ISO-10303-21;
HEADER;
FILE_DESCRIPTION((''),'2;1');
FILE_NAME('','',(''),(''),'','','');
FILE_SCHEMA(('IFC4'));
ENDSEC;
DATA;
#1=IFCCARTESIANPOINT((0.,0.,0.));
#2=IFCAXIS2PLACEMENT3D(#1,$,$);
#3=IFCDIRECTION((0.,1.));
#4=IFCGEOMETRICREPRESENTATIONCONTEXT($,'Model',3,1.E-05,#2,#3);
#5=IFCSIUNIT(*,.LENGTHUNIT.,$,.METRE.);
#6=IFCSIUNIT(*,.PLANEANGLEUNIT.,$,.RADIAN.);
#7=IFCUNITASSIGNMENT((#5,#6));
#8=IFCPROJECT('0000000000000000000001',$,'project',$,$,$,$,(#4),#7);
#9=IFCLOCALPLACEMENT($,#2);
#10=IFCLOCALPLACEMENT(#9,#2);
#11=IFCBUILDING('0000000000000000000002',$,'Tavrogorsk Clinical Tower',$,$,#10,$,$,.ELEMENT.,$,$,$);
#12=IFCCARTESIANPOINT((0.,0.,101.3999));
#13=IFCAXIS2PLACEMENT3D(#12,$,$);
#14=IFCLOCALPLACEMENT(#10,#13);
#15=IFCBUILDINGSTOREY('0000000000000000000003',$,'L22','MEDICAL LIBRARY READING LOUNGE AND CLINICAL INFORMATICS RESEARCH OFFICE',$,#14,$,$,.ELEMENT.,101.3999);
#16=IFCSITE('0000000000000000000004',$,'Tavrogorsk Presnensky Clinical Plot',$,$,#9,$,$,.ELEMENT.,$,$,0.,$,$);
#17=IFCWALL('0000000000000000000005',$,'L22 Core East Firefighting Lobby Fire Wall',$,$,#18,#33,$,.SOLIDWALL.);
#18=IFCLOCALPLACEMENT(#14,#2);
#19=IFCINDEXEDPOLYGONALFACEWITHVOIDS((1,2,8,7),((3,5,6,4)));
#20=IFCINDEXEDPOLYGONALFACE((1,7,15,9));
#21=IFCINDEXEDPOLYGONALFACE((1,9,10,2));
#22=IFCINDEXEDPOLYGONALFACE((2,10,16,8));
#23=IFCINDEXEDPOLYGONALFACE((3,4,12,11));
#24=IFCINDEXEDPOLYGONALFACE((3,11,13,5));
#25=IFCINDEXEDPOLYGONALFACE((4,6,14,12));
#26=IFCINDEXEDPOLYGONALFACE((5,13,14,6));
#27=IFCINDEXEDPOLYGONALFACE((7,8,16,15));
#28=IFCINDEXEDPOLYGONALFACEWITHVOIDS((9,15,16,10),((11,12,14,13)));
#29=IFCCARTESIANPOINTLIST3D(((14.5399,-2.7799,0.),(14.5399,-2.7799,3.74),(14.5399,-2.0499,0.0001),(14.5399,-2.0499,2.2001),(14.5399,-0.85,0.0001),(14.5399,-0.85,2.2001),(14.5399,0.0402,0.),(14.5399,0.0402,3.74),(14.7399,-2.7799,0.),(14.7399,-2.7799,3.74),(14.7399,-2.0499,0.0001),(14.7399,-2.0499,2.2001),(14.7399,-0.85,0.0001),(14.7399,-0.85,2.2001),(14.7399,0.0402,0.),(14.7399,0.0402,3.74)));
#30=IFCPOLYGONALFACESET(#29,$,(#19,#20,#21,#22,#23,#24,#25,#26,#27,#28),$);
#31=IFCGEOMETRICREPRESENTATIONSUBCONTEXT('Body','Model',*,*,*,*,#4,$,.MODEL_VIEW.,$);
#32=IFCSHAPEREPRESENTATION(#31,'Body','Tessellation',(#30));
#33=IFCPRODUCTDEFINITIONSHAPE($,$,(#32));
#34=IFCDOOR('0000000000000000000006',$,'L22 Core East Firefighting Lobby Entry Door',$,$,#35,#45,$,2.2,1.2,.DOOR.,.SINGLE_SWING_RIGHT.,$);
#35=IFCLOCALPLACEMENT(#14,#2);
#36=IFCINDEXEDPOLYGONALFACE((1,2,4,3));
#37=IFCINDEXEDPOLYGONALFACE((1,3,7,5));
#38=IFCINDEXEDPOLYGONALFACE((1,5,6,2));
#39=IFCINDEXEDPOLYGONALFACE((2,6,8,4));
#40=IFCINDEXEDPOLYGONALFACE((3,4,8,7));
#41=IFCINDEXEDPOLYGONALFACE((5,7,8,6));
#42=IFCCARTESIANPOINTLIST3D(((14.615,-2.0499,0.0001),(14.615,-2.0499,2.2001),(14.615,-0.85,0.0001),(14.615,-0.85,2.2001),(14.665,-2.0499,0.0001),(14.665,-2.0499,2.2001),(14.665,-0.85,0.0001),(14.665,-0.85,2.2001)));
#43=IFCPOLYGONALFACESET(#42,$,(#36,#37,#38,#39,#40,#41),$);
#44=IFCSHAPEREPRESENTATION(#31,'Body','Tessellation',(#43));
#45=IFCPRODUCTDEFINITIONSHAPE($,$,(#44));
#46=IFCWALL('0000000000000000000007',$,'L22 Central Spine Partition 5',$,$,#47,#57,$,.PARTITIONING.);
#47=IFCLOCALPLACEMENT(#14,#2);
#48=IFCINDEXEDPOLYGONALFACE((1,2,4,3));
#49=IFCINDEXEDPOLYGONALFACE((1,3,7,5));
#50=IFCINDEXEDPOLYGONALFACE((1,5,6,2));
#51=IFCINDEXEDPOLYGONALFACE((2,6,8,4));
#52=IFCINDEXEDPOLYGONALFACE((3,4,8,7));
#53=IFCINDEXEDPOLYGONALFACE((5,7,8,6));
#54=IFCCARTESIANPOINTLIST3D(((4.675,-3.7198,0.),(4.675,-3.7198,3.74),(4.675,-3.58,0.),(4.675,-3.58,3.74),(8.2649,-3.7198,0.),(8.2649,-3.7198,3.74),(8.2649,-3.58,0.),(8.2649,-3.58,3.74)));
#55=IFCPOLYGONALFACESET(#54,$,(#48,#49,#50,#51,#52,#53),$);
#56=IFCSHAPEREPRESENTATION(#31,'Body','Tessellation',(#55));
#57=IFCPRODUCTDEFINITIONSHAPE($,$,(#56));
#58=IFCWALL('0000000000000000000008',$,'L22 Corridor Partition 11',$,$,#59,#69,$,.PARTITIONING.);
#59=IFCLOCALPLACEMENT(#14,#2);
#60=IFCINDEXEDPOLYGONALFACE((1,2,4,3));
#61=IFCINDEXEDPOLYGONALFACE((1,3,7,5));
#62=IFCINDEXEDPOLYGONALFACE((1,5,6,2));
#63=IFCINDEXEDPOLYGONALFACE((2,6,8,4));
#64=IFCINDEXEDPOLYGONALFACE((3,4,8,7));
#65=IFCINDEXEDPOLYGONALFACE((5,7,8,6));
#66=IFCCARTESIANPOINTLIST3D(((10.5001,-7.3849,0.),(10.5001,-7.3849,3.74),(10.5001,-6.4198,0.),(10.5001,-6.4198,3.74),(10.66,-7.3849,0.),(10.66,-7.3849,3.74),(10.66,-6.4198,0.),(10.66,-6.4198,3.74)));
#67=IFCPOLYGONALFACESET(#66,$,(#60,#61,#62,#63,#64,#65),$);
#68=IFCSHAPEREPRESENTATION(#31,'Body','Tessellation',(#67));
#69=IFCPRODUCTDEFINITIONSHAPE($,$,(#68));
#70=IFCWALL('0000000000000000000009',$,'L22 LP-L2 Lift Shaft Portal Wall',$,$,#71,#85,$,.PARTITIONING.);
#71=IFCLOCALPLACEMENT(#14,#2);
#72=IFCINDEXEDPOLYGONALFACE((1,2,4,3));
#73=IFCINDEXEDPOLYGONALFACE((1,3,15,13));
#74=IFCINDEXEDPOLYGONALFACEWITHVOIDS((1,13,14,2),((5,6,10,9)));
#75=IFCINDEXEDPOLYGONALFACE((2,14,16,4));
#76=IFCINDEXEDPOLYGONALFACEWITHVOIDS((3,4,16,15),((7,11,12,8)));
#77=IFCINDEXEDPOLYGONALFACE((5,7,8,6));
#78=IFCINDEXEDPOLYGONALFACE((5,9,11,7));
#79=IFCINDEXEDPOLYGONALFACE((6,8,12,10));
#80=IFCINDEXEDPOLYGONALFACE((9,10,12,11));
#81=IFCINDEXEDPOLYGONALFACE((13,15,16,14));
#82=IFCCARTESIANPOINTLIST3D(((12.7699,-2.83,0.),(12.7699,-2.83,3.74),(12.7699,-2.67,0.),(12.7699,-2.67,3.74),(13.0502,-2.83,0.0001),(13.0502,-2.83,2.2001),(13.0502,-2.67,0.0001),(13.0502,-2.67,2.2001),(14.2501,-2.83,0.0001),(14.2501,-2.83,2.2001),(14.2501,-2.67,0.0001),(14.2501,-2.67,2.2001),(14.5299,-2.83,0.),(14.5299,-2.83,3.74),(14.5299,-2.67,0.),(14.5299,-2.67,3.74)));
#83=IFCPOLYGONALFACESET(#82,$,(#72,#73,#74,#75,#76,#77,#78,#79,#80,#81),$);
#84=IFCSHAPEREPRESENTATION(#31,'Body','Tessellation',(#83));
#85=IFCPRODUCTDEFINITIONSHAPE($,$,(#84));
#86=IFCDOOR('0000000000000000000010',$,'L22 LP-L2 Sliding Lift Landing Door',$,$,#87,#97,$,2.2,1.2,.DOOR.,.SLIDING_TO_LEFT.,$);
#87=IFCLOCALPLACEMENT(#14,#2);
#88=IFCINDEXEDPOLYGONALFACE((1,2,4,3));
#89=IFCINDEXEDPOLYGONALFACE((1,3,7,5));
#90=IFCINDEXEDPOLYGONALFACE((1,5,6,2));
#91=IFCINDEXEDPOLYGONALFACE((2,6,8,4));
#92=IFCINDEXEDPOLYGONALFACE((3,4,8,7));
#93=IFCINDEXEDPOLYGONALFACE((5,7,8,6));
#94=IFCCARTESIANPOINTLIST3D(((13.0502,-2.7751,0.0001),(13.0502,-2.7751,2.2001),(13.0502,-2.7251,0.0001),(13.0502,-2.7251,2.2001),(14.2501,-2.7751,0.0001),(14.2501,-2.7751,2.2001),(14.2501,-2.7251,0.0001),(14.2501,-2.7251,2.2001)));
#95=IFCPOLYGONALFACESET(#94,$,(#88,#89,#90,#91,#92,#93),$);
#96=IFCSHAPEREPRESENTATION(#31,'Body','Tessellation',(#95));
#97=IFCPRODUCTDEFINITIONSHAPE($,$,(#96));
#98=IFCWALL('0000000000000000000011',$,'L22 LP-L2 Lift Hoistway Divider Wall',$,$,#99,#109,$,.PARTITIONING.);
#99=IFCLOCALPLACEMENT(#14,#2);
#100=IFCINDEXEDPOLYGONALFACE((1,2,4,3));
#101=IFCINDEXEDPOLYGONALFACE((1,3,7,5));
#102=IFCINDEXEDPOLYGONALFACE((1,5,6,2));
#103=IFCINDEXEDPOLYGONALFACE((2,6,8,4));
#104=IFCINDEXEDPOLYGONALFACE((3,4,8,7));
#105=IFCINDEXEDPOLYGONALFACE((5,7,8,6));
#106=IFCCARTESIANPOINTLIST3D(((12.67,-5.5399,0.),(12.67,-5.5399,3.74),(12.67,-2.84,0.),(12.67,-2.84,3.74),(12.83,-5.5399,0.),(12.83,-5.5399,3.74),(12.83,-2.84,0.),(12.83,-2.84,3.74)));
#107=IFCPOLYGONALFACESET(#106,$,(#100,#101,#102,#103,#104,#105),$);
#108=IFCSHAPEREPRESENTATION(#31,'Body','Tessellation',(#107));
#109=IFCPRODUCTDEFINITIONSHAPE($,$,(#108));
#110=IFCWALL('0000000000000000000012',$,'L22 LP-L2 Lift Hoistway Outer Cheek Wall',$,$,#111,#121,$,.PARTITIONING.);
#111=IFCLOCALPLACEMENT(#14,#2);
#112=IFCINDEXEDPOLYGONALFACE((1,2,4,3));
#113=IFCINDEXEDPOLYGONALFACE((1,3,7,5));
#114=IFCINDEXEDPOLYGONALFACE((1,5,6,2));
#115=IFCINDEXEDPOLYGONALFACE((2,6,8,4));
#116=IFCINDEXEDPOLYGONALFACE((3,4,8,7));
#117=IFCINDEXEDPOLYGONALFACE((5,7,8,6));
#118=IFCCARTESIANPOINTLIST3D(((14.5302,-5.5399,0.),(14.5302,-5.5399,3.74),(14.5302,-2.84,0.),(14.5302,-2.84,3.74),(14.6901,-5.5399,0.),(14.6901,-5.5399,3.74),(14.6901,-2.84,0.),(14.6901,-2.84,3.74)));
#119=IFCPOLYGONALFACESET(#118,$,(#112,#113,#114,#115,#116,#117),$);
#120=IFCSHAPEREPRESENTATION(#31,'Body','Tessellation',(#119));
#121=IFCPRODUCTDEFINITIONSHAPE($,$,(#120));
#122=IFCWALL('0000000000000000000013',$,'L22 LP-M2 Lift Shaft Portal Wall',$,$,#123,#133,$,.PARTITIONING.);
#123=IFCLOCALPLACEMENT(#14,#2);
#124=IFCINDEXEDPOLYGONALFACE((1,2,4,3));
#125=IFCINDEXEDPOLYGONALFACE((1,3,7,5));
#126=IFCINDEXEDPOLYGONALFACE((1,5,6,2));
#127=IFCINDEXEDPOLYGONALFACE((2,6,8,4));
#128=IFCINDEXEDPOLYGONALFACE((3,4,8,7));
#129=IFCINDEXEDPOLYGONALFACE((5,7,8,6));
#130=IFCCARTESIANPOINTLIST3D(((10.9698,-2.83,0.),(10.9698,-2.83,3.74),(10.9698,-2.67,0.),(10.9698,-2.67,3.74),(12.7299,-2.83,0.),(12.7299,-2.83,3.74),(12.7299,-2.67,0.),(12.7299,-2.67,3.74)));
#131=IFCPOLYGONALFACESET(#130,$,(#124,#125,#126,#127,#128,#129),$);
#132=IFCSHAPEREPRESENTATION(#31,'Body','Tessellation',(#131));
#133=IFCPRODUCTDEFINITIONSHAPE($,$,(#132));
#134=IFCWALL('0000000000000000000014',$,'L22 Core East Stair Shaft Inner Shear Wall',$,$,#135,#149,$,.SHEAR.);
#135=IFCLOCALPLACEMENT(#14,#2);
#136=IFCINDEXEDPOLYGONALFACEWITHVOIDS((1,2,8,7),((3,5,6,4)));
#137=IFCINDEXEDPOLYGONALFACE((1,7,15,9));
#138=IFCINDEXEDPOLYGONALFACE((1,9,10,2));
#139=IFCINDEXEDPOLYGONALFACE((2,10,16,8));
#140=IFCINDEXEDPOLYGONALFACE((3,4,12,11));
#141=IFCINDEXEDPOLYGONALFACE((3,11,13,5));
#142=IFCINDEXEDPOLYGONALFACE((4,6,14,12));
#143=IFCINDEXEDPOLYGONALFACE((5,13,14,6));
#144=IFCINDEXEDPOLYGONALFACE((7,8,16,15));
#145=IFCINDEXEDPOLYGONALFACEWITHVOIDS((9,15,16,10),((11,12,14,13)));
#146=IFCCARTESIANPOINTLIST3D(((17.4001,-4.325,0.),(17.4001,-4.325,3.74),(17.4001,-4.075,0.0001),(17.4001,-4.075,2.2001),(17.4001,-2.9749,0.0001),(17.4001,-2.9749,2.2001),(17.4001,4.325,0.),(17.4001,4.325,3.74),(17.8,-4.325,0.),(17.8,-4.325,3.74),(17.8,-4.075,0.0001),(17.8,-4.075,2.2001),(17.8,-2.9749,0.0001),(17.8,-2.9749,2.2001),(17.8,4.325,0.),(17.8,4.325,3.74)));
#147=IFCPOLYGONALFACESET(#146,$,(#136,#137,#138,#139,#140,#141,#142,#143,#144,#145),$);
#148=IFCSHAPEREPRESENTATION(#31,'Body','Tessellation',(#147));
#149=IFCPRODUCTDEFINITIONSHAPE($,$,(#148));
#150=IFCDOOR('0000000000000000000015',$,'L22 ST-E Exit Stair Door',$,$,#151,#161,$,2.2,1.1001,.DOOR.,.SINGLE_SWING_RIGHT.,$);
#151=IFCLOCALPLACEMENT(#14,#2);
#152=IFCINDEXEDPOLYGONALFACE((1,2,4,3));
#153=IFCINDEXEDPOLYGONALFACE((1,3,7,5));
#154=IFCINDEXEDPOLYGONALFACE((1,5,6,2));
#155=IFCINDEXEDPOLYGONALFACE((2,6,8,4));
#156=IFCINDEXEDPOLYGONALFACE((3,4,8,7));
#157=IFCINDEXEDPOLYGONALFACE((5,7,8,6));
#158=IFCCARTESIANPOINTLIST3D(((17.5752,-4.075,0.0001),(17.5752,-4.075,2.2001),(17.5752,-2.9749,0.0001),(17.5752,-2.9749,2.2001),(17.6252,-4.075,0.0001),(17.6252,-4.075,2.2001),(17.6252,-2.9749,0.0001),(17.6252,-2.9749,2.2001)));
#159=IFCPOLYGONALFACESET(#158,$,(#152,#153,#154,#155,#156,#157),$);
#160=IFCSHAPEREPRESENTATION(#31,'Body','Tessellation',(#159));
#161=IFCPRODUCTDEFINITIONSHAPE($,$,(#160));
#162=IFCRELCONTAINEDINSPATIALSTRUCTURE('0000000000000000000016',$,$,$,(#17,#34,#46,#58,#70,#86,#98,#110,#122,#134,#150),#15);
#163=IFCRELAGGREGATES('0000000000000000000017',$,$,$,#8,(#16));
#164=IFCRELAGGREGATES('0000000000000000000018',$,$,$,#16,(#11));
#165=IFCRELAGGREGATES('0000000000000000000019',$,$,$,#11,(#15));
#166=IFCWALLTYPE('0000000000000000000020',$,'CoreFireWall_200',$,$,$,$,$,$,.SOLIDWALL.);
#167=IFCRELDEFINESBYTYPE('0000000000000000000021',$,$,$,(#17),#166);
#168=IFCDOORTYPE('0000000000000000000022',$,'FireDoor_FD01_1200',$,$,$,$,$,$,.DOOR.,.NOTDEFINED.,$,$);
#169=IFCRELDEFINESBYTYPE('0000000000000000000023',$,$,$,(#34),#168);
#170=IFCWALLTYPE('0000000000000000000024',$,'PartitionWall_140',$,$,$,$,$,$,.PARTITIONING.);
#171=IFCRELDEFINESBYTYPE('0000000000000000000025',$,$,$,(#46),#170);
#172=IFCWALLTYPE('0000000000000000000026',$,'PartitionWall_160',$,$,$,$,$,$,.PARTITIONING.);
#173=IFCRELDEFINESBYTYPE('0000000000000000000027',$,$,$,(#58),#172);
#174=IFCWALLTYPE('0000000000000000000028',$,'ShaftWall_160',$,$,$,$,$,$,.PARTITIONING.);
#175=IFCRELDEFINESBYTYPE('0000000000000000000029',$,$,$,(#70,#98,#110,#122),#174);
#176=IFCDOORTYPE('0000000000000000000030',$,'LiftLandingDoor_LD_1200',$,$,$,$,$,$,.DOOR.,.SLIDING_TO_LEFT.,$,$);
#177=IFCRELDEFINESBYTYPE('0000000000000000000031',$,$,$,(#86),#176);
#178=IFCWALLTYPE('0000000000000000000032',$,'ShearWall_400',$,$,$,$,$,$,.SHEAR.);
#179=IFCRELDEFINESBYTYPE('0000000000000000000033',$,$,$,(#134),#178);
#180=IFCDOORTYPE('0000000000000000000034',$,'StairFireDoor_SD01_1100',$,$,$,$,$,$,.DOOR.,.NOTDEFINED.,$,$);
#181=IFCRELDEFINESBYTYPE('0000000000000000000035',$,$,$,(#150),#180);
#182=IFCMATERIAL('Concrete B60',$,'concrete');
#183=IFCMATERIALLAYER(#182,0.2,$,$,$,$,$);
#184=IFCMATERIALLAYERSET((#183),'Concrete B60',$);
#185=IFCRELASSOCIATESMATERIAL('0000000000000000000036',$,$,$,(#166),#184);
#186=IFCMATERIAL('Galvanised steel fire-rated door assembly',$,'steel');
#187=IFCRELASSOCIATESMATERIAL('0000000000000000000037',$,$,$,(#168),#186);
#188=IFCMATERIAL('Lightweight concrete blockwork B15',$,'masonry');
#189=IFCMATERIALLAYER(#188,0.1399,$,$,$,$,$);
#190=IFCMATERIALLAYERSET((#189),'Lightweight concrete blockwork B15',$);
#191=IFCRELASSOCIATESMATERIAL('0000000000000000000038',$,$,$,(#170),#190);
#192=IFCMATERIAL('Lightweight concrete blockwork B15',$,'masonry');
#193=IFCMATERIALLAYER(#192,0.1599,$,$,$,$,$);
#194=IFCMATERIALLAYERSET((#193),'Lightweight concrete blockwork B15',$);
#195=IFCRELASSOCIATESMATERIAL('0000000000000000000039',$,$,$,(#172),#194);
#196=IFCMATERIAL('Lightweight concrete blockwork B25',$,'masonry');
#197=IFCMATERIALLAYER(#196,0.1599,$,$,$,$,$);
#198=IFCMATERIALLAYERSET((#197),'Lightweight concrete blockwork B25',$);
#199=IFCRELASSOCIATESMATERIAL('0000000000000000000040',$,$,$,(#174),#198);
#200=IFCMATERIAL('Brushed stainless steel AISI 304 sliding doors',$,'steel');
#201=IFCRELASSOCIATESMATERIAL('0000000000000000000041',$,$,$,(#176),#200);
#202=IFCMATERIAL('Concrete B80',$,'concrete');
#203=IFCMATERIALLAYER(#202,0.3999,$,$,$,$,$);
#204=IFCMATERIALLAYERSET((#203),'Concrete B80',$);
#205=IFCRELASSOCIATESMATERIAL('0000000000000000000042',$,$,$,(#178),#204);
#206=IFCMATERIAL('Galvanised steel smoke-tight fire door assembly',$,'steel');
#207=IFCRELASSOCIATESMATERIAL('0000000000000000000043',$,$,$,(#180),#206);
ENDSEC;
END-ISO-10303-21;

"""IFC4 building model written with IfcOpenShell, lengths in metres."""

from ifc_helpers import new_model, si_unit, direction, frame, frame_2d, origin, place, context, subcontext, project, spatial, rectangle, extrude, material, layer, layer_set, type_object, element, fill, save


model = new_model("IFC4")

# Units and contexts
model_context = context("Model", 3, precision=1e-05, world=origin(), true_north=direction((0.0, 1.0)))
body_context = subcontext(model_context, "Body", "Model", "MODEL_VIEW")
ifc_project = project(units=[si_unit("LENGTHUNIT", "METRE"), si_unit("PLANEANGLEUNIT", "RADIAN")], contexts=[model_context])

# Site, building, storey
site_placement = place(None, origin())
site = spatial("IfcSite", under=ifc_project, at=site_placement, Name="Tavrogorsk Presnensky Clinical Plot", CompositionType="ELEMENT", RefElevation=0.0)
building_placement = place(site_placement, origin())
building = spatial("IfcBuilding", under=site, at=building_placement, Name="Tavrogorsk Clinical Tower", CompositionType="ELEMENT")
storey_placement = place(building_placement, frame((0.0, 0.0, 101.3999)))
storey = spatial("IfcBuildingStorey", under=building, at=storey_placement, Name="L22", Description="MEDICAL LIBRARY READING LOUNGE AND CLINICAL INFORMATICS RESEARCH OFFICE", CompositionType="ELEMENT", Elevation=101.3999)

# Wall, opening, door
ifc_material_1 = material(Name="Concrete B60", Category="concrete")
ifc_layer_1 = layer(ifc_material_1, 0.2)
ifc_layer_set_1 = layer_set([ifc_layer_1], Name="Concrete B60")
wall_type_1 = type_object("IfcWallType", Name="CoreFireWall_200", PredefinedType="SOLIDWALL", material=ifc_layer_set_1)
wall_1_placement = place(storey_placement, frame((14.6399, -2.78, 0.0), z_axis=(0.0, 0.0, 1.0), x_axis=(0.0, 1.0, 0.0)))
wall_1 = element("IfcWall", 1, at=wall_1_placement, inside=storey, type_object=wall_type_1, Name="L22 Core East Firefighting Lobby Fire Wall", PredefinedType="SOLIDWALL", context=body_context, shape_type="SweptSolid", body=[
    extrude(rectangle(XDim=2.8201, YDim=0.2, at=frame_2d((1.4102, 0.0))), origin(), (0.0, 0.0, 1.0), 3.74),
])
opening_1_placement = place(wall_1_placement, frame((0.73, 0.0, 0.0)))
opening_1 = element("IfcOpeningElement", 2, at=opening_1_placement, cuts=wall_1, PredefinedType="OPENING", context=body_context, shape_type="SweptSolid", body=[
    extrude(rectangle(XDim=1.2, YDim=2.2, at=frame_2d((0.6001, 1.1001))), frame((0.0, 0.1099, 0.0), z_axis=(0.0, -1.0, 0.0), x_axis=(1.0, 0.0, 0.0)), (0.0, 0.0, 1.0), 0.22),
])
ifc_material_2 = material(Name="Galvanised steel fire-rated door assembly", Category="steel")
door_type_1 = type_object("IfcDoorType", Name="FireDoor_FD01_1200", OperationType="NOTDEFINED", PredefinedType="DOOR", material=ifc_material_2)
door_1_placement = place(opening_1_placement, origin())
door_1 = element("IfcDoor", 3, at=door_1_placement, inside=storey, type_object=door_type_1, Name="L22 Core East Firefighting Lobby Entry Door", OperationType="SINGLE_SWING_RIGHT", OverallHeight=2.2, OverallWidth=1.2, PredefinedType="DOOR", context=body_context, shape_type="SweptSolid", body=[
    extrude(rectangle(XDim=1.2, YDim=2.2, at=frame_2d((0.6001, 1.1001))), frame((0.0, 0.0249, 0.0), z_axis=(0.0, -1.0, 0.0), x_axis=(1.0, 0.0, 0.0)), (0.0, 0.0, 1.0), 0.05),
])
fill(opening_1, door_1)

# Walls
ifc_material_3 = material(Name="Lightweight concrete blockwork B15", Category="masonry")
ifc_layer_2 = layer(ifc_material_3, 0.1399)
ifc_layer_set_2 = layer_set([ifc_layer_2], Name="Lightweight concrete blockwork B15")
wall_type_2 = type_object("IfcWallType", Name="PartitionWall_140", PredefinedType="PARTITIONING", material=ifc_layer_set_2)
wall_2_placement = place(storey_placement, frame((4.675, -3.6499, 0.0), z_axis=(0.0, 0.0, 1.0), x_axis=(1.0, 0.0, 0.0)))
element("IfcWall", 4, at=wall_2_placement, inside=storey, type_object=wall_type_2, Name="L22 Central Spine Partition 5", PredefinedType="PARTITIONING", context=body_context, shape_type="SweptSolid", body=[
    extrude(rectangle(XDim=3.5898, YDim=0.1399, at=frame_2d((1.7949, 0.0))), origin(), (0.0, 0.0, 1.0), 3.74),
])
ifc_material_4 = material(Name="Lightweight concrete blockwork B15", Category="masonry")
ifc_layer_3 = layer(ifc_material_4, 0.1599)
ifc_layer_set_3 = layer_set([ifc_layer_3], Name="Lightweight concrete blockwork B15")
wall_type_3 = type_object("IfcWallType", Name="PartitionWall_160", PredefinedType="PARTITIONING", material=ifc_layer_set_3)
wall_3_placement = place(storey_placement, frame((10.5801, -6.4199, 0.0), z_axis=(0.0, 0.0, 1.0), x_axis=(0.0, -1.0, 0.0)))
element("IfcWall", 5, at=wall_3_placement, inside=storey, type_object=wall_type_3, Name="L22 Corridor Partition 11", PredefinedType="PARTITIONING", context=body_context, shape_type="SweptSolid", body=[
    extrude(rectangle(XDim=0.9651, YDim=0.1599, at=frame_2d((0.4824, 0.0))), origin(), (0.0, 0.0, 1.0), 3.74),
])

# Wall, opening, door
ifc_material_5 = material(Name="Lightweight concrete blockwork B25", Category="masonry")
ifc_layer_4 = layer(ifc_material_5, 0.1599)
ifc_layer_set_4 = layer_set([ifc_layer_4], Name="Lightweight concrete blockwork B25")
wall_type_4 = type_object("IfcWallType", Name="ShaftWall_160", PredefinedType="PARTITIONING", material=ifc_layer_set_4)
wall_4_placement = place(storey_placement, frame((12.77, -2.75, 0.0), z_axis=(0.0, 0.0, 1.0), x_axis=(1.0, 0.0, 0.0)))
wall_4 = element("IfcWall", 6, at=wall_4_placement, inside=storey, type_object=wall_type_4, Name="L22 LP-L2 Lift Shaft Portal Wall", PredefinedType="PARTITIONING", context=body_context, shape_type="SweptSolid", body=[
    extrude(rectangle(XDim=1.76, YDim=0.1599, at=frame_2d((0.8799, 0.0))), origin(), (0.0, 0.0, 1.0), 3.74),
])
opening_2_placement = place(wall_4_placement, frame((0.28, 0.0, 0.0)))
opening_2 = element("IfcOpeningElement", 7, at=opening_2_placement, cuts=wall_4, PredefinedType="OPENING", context=body_context, shape_type="SweptSolid", body=[
    extrude(rectangle(XDim=1.2, YDim=2.2, at=frame_2d((0.6001, 1.1001))), frame((0.0, 0.0898, 0.0), z_axis=(0.0, -1.0, 0.0), x_axis=(1.0, 0.0, 0.0)), (0.0, 0.0, 1.0), 0.1799),
])
ifc_material_6 = material(Name="Brushed stainless steel AISI 304 sliding doors", Category="steel")
door_type_2 = type_object("IfcDoorType", Name="LiftLandingDoor_LD_1200", OperationType="SLIDING_TO_LEFT", PredefinedType="DOOR", material=ifc_material_6)
door_2_placement = place(opening_2_placement, origin())
door_2 = element("IfcDoor", 8, at=door_2_placement, inside=storey, type_object=door_type_2, Name="L22 LP-L2 Sliding Lift Landing Door", OperationType="SLIDING_TO_LEFT", OverallHeight=2.2, OverallWidth=1.2, PredefinedType="DOOR", context=body_context, shape_type="SweptSolid", body=[
    extrude(rectangle(XDim=1.2, YDim=2.2, at=frame_2d((0.6001, 1.1001))), frame((0.0, 0.0249, 0.0), z_axis=(0.0, -1.0, 0.0), x_axis=(1.0, 0.0, 0.0)), (0.0, 0.0, 1.0), 0.05),
])
fill(opening_2, door_2)

# Walls
for number, where, z_axis, x_axis, name in (
    (9, (12.75, -5.54, 0.0), (0.0, 0.0, 1.0), (0.0, 1.0, 0.0), "L22 LP-L2 Lift Hoistway Divider Wall"),
    (10, (14.6101, -5.54, 0.0), (0.0, 0.0, 1.0), (0.0, 1.0, 0.0), "L22 LP-L2 Lift Hoistway Outer Cheek Wall"),
):
    element("IfcWall", number, at=place(storey_placement, frame(where, z_axis=z_axis, x_axis=x_axis)), inside=storey, type_object=wall_type_4, Name=name, PredefinedType="PARTITIONING", context=body_context, shape_type="SweptSolid", body=[
        extrude(rectangle(XDim=2.7, YDim=0.1599, at=frame_2d((1.3501, 0.0))), origin(), (0.0, 0.0, 1.0), 3.74),
    ])
wall_5_placement = place(storey_placement, frame((10.97, -2.75, 0.0), z_axis=(0.0, 0.0, 1.0), x_axis=(1.0, 0.0, 0.0)))
element("IfcWall", 11, at=wall_5_placement, inside=storey, type_object=wall_type_4, Name="L22 LP-M2 Lift Shaft Portal Wall", PredefinedType="PARTITIONING", context=body_context, shape_type="SweptSolid", body=[
    extrude(rectangle(XDim=1.76, YDim=0.1599, at=frame_2d((0.8799, 0.0))), origin(), (0.0, 0.0, 1.0), 3.74),
])

# Wall, opening, door
ifc_material_7 = material(Name="Concrete B80", Category="concrete")
ifc_layer_5 = layer(ifc_material_7, 0.3999)
ifc_layer_set_5 = layer_set([ifc_layer_5], Name="Concrete B80")
wall_type_5 = type_object("IfcWallType", Name="ShearWall_400", PredefinedType="SHEAR", material=ifc_layer_set_5)
wall_6_placement = place(storey_placement, frame((17.6001, -4.325, 0.0), z_axis=(0.0, 0.0, 1.0), x_axis=(0.0, 1.0, 0.0)))
wall_6 = element("IfcWall", 12, at=wall_6_placement, inside=storey, type_object=wall_type_5, Name="L22 Core East Stair Shaft Inner Shear Wall", PredefinedType="SHEAR", context=body_context, shape_type="SweptSolid", body=[
    extrude(rectangle(XDim=8.6499, YDim=0.3999, at=frame_2d((4.325, 0.0))), origin(), (0.0, 0.0, 1.0), 3.74),
])
opening_3_placement = place(wall_6_placement, frame((0.25, 0.0, 0.0)))
opening_3 = element("IfcOpeningElement", 13, at=opening_3_placement, cuts=wall_6, PredefinedType="OPENING", context=body_context, shape_type="SweptSolid", body=[
    extrude(rectangle(XDim=1.1001, YDim=2.2, at=frame_2d((0.55, 1.1001))), frame((0.0, 0.21, 0.0), z_axis=(0.0, -1.0, 0.0), x_axis=(1.0, 0.0, 0.0)), (0.0, 0.0, 1.0), 0.4199),
])
ifc_material_8 = material(Name="Galvanised steel smoke-tight fire door assembly", Category="steel")
door_type_3 = type_object("IfcDoorType", Name="StairFireDoor_SD01_1100", OperationType="NOTDEFINED", PredefinedType="DOOR", material=ifc_material_8)
door_3_placement = place(opening_3_placement, origin())
door_3 = element("IfcDoor", 14, at=door_3_placement, inside=storey, type_object=door_type_3, Name="L22 ST-E Exit Stair Door", OperationType="SINGLE_SWING_RIGHT", OverallHeight=2.2, OverallWidth=1.1001, PredefinedType="DOOR", context=body_context, shape_type="SweptSolid", body=[
    extrude(rectangle(XDim=1.1001, YDim=2.2, at=frame_2d((0.55, 1.1001))), frame((0.0, 0.0249, 0.0), z_axis=(0.0, -1.0, 0.0), x_axis=(1.0, 0.0, 0.0)), (0.0, 0.0, 1.0), 0.05),
])
fill(opening_3, door_3)

save(model, "model.ifc")
